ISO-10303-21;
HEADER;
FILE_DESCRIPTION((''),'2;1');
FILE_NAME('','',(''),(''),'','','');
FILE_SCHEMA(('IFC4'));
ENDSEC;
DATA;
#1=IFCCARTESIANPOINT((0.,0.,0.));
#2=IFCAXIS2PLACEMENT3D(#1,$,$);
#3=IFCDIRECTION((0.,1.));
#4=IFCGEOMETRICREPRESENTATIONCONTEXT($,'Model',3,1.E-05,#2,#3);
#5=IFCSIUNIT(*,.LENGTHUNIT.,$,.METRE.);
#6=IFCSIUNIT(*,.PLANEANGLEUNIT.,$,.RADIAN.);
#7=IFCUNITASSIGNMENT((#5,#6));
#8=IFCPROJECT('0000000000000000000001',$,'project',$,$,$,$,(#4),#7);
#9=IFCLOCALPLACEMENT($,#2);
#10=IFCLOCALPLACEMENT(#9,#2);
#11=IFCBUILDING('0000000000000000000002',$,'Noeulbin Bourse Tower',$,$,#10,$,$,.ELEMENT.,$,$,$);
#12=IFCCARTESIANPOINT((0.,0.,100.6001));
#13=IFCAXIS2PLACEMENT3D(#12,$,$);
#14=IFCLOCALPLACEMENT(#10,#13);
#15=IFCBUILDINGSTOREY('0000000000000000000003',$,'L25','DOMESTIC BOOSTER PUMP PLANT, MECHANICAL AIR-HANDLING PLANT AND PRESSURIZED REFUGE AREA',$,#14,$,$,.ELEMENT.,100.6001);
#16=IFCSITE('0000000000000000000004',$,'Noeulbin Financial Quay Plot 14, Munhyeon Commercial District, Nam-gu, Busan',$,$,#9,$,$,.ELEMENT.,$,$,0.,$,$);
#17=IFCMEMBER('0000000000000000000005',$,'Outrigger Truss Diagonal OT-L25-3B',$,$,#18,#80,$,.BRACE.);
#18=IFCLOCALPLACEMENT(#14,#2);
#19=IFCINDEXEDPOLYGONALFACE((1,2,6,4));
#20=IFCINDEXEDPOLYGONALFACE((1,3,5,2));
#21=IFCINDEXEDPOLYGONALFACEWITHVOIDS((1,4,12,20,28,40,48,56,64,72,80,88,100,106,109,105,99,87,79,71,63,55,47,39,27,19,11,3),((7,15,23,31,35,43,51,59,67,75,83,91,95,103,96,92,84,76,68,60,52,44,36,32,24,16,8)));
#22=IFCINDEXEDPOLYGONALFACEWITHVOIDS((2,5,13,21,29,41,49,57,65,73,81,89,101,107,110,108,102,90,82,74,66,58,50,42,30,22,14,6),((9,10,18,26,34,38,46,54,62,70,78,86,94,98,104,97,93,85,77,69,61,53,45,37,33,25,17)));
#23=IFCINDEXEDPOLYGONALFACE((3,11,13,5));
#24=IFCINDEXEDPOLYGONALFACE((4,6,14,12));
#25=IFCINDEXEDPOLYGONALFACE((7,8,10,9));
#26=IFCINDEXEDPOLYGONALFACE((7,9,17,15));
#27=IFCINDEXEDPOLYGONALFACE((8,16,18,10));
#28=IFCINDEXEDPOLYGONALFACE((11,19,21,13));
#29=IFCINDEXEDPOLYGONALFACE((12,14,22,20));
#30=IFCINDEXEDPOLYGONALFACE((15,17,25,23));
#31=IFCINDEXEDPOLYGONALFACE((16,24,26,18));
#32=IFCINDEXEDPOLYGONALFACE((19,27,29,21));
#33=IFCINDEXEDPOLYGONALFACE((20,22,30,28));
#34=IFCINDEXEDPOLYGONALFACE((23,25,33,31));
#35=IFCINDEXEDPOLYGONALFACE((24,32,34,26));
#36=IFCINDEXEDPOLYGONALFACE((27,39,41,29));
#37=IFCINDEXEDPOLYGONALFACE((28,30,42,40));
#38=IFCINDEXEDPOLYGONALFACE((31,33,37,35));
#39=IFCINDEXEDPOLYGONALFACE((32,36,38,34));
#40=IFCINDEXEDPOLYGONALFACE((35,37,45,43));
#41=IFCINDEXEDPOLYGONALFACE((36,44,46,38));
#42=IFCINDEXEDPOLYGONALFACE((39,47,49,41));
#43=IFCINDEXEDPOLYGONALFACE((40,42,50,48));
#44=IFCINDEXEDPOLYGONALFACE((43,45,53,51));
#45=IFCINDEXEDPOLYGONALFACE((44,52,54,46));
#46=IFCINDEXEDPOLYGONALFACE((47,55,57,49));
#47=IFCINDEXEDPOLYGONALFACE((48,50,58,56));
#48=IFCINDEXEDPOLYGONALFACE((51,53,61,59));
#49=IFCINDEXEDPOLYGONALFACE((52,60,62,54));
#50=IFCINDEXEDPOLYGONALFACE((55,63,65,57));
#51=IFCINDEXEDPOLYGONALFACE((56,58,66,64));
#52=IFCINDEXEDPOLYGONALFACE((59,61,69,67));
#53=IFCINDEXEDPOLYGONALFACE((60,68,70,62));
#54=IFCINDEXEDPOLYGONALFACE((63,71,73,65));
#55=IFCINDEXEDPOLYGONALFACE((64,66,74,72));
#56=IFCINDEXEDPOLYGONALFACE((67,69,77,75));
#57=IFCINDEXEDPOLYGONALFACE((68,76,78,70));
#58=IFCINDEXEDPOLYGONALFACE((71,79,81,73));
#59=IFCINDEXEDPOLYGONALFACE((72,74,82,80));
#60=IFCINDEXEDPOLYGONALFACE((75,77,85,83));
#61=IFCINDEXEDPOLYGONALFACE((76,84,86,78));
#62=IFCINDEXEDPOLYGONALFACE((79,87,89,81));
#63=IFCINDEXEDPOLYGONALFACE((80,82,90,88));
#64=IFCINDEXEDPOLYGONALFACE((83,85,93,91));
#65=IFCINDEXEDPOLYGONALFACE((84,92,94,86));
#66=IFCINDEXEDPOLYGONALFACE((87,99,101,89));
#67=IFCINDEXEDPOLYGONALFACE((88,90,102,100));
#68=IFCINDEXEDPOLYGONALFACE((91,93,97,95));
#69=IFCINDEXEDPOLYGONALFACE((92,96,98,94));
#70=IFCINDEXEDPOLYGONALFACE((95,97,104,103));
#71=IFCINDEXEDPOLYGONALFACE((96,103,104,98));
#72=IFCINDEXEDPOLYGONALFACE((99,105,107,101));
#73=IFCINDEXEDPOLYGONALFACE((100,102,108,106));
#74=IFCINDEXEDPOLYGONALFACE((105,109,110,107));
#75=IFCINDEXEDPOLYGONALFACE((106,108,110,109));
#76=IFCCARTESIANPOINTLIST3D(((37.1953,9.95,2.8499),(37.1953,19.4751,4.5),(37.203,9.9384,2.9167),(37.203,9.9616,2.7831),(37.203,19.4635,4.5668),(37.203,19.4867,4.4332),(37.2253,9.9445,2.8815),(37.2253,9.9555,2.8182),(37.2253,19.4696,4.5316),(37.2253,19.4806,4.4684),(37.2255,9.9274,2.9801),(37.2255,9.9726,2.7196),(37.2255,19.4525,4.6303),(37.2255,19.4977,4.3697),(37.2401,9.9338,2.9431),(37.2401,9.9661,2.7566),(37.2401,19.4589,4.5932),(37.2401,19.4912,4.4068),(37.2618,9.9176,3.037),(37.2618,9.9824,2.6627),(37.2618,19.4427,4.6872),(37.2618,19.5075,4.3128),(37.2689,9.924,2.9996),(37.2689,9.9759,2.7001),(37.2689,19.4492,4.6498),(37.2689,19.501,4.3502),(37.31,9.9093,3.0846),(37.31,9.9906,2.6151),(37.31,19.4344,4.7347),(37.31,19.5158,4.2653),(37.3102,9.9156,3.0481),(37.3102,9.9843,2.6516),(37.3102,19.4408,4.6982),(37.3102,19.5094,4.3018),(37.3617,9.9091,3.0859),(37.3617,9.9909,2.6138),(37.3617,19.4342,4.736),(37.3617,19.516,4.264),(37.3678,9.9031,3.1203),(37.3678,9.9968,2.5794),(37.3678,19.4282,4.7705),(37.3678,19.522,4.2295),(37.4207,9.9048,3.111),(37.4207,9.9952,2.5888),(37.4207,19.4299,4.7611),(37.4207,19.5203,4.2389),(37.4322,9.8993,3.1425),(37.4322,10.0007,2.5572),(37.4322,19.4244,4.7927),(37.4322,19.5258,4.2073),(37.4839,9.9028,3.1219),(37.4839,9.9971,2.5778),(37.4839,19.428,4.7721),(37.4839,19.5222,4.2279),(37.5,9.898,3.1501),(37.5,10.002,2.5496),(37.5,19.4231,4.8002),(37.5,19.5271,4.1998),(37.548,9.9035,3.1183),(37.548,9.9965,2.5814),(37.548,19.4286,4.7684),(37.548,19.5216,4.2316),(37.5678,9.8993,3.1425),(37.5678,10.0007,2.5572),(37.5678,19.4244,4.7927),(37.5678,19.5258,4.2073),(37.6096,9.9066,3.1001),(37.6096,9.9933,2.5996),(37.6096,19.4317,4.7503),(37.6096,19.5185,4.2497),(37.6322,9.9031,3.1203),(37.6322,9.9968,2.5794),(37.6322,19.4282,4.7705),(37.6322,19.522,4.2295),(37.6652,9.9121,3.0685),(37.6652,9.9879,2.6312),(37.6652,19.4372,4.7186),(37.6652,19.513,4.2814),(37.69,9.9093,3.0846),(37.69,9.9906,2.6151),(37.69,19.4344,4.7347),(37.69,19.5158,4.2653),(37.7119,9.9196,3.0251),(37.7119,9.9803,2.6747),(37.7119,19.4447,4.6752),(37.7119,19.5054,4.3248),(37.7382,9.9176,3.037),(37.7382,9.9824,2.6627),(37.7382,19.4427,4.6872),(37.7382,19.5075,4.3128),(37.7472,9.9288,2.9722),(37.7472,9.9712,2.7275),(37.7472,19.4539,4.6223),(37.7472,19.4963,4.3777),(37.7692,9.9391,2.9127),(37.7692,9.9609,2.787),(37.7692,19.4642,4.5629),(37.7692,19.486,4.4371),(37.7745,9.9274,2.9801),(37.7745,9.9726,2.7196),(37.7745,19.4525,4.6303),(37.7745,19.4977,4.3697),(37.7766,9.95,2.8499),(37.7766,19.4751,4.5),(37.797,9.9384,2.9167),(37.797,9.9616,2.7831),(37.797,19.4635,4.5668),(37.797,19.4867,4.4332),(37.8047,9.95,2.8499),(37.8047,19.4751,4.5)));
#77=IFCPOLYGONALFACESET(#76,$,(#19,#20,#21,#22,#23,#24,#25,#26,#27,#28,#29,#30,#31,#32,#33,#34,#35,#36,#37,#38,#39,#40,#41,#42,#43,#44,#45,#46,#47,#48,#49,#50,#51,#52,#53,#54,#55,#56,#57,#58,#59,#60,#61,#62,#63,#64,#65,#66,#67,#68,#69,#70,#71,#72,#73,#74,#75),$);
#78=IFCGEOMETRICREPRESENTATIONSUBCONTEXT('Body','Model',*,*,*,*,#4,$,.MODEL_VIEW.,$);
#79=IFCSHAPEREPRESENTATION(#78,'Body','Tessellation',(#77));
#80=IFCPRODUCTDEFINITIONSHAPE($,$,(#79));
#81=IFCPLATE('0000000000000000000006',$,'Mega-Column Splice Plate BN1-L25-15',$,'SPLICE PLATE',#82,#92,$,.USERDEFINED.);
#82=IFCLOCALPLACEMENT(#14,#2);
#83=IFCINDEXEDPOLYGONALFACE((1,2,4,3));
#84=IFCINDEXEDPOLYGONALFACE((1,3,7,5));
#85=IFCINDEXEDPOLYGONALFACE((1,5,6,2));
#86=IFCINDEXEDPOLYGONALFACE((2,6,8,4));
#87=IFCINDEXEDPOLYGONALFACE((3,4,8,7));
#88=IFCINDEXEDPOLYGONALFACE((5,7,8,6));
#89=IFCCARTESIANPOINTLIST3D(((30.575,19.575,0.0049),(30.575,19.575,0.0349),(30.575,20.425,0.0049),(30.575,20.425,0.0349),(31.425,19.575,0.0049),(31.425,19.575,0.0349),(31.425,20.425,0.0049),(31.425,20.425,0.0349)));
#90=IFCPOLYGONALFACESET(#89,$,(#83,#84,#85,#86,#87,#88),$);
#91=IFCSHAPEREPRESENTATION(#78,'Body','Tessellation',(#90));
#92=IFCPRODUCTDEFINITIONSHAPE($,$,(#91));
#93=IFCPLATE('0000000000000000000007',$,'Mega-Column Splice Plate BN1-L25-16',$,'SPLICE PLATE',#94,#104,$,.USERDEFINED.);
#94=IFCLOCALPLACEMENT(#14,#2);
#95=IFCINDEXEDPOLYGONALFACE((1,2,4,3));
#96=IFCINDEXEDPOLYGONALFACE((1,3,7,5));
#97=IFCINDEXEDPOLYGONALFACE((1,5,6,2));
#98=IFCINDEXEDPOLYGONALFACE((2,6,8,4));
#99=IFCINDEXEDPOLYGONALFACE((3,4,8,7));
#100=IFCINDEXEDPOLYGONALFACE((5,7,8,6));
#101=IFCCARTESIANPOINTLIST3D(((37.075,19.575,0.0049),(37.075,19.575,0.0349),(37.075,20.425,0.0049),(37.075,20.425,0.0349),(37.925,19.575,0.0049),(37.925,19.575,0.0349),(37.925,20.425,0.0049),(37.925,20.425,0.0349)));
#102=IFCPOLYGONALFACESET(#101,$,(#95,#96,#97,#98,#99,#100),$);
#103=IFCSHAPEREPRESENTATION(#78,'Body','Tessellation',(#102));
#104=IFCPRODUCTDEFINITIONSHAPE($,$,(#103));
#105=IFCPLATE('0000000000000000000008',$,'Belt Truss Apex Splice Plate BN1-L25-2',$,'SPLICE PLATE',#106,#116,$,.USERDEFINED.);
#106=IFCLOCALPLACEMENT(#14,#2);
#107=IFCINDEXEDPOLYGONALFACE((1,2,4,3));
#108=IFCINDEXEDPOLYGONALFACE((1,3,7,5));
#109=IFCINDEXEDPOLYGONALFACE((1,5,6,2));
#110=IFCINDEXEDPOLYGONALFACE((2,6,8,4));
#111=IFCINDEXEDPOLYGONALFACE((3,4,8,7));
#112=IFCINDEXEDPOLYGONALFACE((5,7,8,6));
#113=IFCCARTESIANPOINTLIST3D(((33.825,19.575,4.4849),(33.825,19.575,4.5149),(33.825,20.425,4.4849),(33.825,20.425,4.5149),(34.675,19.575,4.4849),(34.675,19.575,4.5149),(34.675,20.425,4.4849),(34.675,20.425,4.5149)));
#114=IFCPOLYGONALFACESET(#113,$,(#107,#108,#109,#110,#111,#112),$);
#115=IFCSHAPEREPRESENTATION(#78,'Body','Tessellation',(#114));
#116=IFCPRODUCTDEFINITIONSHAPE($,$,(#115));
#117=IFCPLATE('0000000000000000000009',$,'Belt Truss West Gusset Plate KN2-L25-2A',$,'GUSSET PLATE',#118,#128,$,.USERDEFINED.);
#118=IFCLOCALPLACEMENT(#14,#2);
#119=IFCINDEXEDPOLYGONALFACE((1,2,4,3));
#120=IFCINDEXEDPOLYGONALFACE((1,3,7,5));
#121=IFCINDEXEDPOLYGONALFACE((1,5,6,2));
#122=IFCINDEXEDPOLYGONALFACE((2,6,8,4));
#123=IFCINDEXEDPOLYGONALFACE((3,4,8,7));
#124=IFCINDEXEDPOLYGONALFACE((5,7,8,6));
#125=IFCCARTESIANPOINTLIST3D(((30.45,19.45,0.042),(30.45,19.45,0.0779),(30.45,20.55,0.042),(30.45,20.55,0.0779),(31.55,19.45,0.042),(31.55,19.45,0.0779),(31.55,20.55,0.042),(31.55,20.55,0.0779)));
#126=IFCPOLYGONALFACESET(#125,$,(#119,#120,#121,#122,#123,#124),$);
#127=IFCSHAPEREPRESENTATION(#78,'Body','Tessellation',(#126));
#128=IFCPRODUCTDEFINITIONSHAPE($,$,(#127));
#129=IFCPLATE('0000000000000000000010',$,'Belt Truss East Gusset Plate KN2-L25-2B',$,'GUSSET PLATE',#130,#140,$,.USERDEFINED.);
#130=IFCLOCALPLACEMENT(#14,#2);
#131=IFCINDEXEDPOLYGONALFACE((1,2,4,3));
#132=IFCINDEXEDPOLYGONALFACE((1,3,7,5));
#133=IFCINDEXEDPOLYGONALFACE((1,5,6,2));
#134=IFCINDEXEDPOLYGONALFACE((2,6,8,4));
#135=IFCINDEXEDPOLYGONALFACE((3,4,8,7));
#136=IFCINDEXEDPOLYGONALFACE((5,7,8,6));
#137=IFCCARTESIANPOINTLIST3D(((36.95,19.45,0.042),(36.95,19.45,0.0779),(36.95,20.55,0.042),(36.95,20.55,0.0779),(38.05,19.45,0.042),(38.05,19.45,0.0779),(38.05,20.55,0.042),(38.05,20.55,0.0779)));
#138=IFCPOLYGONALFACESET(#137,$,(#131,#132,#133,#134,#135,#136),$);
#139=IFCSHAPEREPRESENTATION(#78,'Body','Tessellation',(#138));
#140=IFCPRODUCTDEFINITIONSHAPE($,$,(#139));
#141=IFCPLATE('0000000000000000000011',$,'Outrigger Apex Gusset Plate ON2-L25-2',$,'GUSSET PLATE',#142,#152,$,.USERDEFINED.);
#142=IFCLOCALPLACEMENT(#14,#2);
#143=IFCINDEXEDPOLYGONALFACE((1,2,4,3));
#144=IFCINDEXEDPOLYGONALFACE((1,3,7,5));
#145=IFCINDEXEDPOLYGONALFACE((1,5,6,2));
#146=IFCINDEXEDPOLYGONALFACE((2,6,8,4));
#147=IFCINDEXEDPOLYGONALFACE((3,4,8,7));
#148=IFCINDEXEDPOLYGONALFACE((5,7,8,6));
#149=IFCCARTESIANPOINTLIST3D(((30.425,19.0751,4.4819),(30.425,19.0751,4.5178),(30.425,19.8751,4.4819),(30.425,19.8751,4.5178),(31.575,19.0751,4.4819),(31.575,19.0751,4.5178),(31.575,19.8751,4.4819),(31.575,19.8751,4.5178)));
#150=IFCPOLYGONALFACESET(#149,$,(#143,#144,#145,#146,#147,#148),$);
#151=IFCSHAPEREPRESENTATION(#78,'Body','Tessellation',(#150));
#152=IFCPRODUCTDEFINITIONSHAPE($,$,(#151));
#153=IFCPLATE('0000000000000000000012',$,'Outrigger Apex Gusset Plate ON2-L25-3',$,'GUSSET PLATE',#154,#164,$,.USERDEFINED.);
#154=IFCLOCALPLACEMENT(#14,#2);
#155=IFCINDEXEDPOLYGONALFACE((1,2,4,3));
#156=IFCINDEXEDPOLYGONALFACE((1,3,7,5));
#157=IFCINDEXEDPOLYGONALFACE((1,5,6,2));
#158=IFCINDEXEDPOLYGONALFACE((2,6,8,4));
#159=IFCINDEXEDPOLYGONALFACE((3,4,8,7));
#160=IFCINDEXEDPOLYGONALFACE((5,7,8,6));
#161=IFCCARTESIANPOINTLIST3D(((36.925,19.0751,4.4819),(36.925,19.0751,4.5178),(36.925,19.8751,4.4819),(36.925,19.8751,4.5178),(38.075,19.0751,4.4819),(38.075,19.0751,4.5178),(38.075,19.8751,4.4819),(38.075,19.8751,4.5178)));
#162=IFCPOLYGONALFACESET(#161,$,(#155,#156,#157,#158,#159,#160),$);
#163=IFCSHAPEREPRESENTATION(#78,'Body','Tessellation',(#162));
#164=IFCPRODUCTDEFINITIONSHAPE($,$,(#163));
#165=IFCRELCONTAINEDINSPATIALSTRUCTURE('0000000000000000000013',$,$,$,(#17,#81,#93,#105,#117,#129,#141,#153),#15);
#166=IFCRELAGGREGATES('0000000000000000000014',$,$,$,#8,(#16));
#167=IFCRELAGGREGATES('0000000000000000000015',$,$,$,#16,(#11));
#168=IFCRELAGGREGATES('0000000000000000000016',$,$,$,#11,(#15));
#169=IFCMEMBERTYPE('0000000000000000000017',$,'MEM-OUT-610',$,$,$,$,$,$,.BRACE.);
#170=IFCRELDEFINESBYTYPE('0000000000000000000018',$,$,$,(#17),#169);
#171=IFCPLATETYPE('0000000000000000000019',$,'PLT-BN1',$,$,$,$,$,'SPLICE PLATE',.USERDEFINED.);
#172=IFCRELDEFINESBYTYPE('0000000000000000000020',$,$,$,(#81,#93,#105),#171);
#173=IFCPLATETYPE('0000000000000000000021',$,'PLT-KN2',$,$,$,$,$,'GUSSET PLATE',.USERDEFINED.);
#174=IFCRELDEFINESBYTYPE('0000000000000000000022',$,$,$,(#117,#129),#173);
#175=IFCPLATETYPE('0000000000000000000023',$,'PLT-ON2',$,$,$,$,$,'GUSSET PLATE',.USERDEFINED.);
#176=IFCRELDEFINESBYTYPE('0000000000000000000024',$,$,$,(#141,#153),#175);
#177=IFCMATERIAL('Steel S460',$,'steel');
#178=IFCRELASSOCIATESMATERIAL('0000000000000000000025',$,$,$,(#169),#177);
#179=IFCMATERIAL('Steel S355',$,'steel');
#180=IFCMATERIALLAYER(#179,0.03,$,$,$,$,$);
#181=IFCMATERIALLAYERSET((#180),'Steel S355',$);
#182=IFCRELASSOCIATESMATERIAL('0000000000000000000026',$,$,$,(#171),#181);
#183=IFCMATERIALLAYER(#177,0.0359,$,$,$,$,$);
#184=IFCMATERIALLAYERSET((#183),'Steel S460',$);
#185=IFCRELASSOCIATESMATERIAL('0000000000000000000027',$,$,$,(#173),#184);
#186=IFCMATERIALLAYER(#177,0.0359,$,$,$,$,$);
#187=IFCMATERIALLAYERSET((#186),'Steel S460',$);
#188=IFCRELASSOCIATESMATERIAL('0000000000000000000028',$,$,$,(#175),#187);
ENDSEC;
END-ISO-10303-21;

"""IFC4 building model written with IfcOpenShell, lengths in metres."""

from ifc_helpers import new_model, si_unit, direction, frame, origin, origin_2d, place, context, subcontext, project, spatial, rectangle, hollow_circle, extrude, material, layer, layer_set, material_profile, profile_set, type_object, element, save


model = new_model("IFC4")

# Units and contexts
model_context = context("Model", 3, precision=1e-05, world=origin(), true_north=direction((0.0, 1.0)))
body_context = subcontext(model_context, "Body", "Model", "MODEL_VIEW")
ifc_project = project(units=[si_unit("LENGTHUNIT", "METRE"), si_unit("PLANEANGLEUNIT", "RADIAN")], contexts=[model_context])

# Site, building, storey
site_placement = place(None, origin())
site = spatial("IfcSite", under=ifc_project, at=site_placement, Name="Noeulbin Financial Quay Plot 14, Munhyeon Commercial District, Nam-gu, Busan", CompositionType="ELEMENT", RefElevation=0.0)
building_placement = place(site_placement, origin())
building = spatial("IfcBuilding", under=site, at=building_placement, Name="Noeulbin Bourse Tower", CompositionType="ELEMENT")
storey_placement = place(building_placement, frame((0.0, 0.0, 100.6001)))
storey = spatial("IfcBuildingStorey", under=building, at=storey_placement, Name="L25", Description="DOMESTIC BOOSTER PUMP PLANT, MECHANICAL AIR-HANDLING PLANT AND PRESSURIZED REFUGE AREA", CompositionType="ELEMENT", Elevation=100.6001)

# Shared definitions
ifc_material_1 = material(Name="Steel S460", Category="steel")

# Shared definitions
ifc_material_2 = material(Name="Steel S355", Category="steel")

# Member
ifc_material_profile_1 = material_profile(ifc_material_1, hollow_circle(Radius=0.3047, WallThickness=0.0281, at=origin_2d()), Name="CHS-609.6x28.0", Category="LoadBearing")
ifc_profile_set_1 = profile_set([ifc_material_profile_1], Name="Steel S460")
member_type_1 = type_object("IfcMemberType", Name="MEM-OUT-610", PredefinedType="BRACE", material=ifc_profile_set_1)
for number, where, z_axis, x_axis, name in (
    (1, (37.5, 19.4751, 4.5), (0.0, -0.985323, -0.170698), (1.0, 0.0, 0.0), "Outrigger Truss Diagonal OT-L25-3B"),
):
    element("IfcMember", number, at=place(storey_placement, frame(where, z_axis=z_axis, x_axis=x_axis)), inside=storey, type_object=member_type_1, Name=name, PredefinedType="BRACE", context=body_context, shape_type="SweptSolid", body=[
        extrude(hollow_circle(Radius=0.3047, WallThickness=0.0281, at=origin_2d()), origin(), (0.0, 0.0, 1.0), 9.667),
    ])

# Plates
ifc_layer_1 = layer(ifc_material_2, 0.03)
ifc_layer_set_1 = layer_set([ifc_layer_1], Name="Steel S355")
plate_type_1 = type_object("IfcPlateType", Name="PLT-BN1", ElementType="SPLICE PLATE", PredefinedType="USERDEFINED", material=ifc_layer_set_1)
for number, where, z_axis, x_axis, name in (
    (2, (31.0, 20.0, 0.0049), (0.0, 0.0, 1.0), (1.0, 0.0, 0.0), "Mega-Column Splice Plate BN1-L25-15"),
    (3, (37.5, 20.0, 0.0049), (0.0, 0.0, 1.0), (1.0, 0.0, 0.0), "Mega-Column Splice Plate BN1-L25-16"),
    (4, (34.25, 20.0, 4.4849), (0.0, 0.0, 1.0), (1.0, 0.0, 0.0), "Belt Truss Apex Splice Plate BN1-L25-2"),
):
    element("IfcPlate", number, at=place(storey_placement, frame(where, z_axis=z_axis, x_axis=x_axis)), inside=storey, type_object=plate_type_1, Name=name, ObjectType="SPLICE PLATE", PredefinedType="USERDEFINED", context=body_context, shape_type="SweptSolid", body=[
        extrude(rectangle(XDim=0.8501, YDim=0.8501, at=origin_2d()), origin(), (0.0, 0.0, 1.0), 0.03),
    ])
ifc_layer_2 = layer(ifc_material_1, 0.0359)
ifc_layer_set_2 = layer_set([ifc_layer_2], Name="Steel S460")
plate_type_2 = type_object("IfcPlateType", Name="PLT-KN2", ElementType="GUSSET PLATE", PredefinedType="USERDEFINED", material=ifc_layer_set_2)
for number, where, z_axis, x_axis, name in (
    (5, (31.0, 20.0, 0.042), (0.0, 0.0, 1.0), (1.0, 0.0, 0.0), "Belt Truss West Gusset Plate KN2-L25-2A"),
    (6, (37.5, 20.0, 0.042), (0.0, 0.0, 1.0), (1.0, 0.0, 0.0), "Belt Truss East Gusset Plate KN2-L25-2B"),
):
    element("IfcPlate", number, at=place(storey_placement, frame(where, z_axis=z_axis, x_axis=x_axis)), inside=storey, type_object=plate_type_2, Name=name, ObjectType="GUSSET PLATE", PredefinedType="USERDEFINED", context=body_context, shape_type="SweptSolid", body=[
        extrude(rectangle(XDim=1.1001, YDim=1.1001, at=origin_2d()), origin(), (0.0, 0.0, 1.0), 0.0359),
    ])
ifc_layer_3 = layer(ifc_material_1, 0.0359)
ifc_layer_set_3 = layer_set([ifc_layer_3], Name="Steel S460")
plate_type_3 = type_object("IfcPlateType", Name="PLT-ON2", ElementType="GUSSET PLATE", PredefinedType="USERDEFINED", material=ifc_layer_set_3)
for number, where, z_axis, x_axis, name in (
    (7, (31.0, 19.4751, 4.4819), (0.0, 0.0, 1.0), (1.0, 0.0, 0.0), "Outrigger Apex Gusset Plate ON2-L25-2"),
    (8, (37.5, 19.4751, 4.4819), (0.0, 0.0, 1.0), (1.0, 0.0, 0.0), "Outrigger Apex Gusset Plate ON2-L25-3"),
):
    element("IfcPlate", number, at=place(storey_placement, frame(where, z_axis=z_axis, x_axis=x_axis)), inside=storey, type_object=plate_type_3, Name=name, ObjectType="GUSSET PLATE", PredefinedType="USERDEFINED", context=body_context, shape_type="SweptSolid", body=[
        extrude(rectangle(XDim=1.1499, YDim=0.8, at=origin_2d()), origin(), (0.0, 0.0, 1.0), 0.0359),
    ])

save(model, "model.ifc")
